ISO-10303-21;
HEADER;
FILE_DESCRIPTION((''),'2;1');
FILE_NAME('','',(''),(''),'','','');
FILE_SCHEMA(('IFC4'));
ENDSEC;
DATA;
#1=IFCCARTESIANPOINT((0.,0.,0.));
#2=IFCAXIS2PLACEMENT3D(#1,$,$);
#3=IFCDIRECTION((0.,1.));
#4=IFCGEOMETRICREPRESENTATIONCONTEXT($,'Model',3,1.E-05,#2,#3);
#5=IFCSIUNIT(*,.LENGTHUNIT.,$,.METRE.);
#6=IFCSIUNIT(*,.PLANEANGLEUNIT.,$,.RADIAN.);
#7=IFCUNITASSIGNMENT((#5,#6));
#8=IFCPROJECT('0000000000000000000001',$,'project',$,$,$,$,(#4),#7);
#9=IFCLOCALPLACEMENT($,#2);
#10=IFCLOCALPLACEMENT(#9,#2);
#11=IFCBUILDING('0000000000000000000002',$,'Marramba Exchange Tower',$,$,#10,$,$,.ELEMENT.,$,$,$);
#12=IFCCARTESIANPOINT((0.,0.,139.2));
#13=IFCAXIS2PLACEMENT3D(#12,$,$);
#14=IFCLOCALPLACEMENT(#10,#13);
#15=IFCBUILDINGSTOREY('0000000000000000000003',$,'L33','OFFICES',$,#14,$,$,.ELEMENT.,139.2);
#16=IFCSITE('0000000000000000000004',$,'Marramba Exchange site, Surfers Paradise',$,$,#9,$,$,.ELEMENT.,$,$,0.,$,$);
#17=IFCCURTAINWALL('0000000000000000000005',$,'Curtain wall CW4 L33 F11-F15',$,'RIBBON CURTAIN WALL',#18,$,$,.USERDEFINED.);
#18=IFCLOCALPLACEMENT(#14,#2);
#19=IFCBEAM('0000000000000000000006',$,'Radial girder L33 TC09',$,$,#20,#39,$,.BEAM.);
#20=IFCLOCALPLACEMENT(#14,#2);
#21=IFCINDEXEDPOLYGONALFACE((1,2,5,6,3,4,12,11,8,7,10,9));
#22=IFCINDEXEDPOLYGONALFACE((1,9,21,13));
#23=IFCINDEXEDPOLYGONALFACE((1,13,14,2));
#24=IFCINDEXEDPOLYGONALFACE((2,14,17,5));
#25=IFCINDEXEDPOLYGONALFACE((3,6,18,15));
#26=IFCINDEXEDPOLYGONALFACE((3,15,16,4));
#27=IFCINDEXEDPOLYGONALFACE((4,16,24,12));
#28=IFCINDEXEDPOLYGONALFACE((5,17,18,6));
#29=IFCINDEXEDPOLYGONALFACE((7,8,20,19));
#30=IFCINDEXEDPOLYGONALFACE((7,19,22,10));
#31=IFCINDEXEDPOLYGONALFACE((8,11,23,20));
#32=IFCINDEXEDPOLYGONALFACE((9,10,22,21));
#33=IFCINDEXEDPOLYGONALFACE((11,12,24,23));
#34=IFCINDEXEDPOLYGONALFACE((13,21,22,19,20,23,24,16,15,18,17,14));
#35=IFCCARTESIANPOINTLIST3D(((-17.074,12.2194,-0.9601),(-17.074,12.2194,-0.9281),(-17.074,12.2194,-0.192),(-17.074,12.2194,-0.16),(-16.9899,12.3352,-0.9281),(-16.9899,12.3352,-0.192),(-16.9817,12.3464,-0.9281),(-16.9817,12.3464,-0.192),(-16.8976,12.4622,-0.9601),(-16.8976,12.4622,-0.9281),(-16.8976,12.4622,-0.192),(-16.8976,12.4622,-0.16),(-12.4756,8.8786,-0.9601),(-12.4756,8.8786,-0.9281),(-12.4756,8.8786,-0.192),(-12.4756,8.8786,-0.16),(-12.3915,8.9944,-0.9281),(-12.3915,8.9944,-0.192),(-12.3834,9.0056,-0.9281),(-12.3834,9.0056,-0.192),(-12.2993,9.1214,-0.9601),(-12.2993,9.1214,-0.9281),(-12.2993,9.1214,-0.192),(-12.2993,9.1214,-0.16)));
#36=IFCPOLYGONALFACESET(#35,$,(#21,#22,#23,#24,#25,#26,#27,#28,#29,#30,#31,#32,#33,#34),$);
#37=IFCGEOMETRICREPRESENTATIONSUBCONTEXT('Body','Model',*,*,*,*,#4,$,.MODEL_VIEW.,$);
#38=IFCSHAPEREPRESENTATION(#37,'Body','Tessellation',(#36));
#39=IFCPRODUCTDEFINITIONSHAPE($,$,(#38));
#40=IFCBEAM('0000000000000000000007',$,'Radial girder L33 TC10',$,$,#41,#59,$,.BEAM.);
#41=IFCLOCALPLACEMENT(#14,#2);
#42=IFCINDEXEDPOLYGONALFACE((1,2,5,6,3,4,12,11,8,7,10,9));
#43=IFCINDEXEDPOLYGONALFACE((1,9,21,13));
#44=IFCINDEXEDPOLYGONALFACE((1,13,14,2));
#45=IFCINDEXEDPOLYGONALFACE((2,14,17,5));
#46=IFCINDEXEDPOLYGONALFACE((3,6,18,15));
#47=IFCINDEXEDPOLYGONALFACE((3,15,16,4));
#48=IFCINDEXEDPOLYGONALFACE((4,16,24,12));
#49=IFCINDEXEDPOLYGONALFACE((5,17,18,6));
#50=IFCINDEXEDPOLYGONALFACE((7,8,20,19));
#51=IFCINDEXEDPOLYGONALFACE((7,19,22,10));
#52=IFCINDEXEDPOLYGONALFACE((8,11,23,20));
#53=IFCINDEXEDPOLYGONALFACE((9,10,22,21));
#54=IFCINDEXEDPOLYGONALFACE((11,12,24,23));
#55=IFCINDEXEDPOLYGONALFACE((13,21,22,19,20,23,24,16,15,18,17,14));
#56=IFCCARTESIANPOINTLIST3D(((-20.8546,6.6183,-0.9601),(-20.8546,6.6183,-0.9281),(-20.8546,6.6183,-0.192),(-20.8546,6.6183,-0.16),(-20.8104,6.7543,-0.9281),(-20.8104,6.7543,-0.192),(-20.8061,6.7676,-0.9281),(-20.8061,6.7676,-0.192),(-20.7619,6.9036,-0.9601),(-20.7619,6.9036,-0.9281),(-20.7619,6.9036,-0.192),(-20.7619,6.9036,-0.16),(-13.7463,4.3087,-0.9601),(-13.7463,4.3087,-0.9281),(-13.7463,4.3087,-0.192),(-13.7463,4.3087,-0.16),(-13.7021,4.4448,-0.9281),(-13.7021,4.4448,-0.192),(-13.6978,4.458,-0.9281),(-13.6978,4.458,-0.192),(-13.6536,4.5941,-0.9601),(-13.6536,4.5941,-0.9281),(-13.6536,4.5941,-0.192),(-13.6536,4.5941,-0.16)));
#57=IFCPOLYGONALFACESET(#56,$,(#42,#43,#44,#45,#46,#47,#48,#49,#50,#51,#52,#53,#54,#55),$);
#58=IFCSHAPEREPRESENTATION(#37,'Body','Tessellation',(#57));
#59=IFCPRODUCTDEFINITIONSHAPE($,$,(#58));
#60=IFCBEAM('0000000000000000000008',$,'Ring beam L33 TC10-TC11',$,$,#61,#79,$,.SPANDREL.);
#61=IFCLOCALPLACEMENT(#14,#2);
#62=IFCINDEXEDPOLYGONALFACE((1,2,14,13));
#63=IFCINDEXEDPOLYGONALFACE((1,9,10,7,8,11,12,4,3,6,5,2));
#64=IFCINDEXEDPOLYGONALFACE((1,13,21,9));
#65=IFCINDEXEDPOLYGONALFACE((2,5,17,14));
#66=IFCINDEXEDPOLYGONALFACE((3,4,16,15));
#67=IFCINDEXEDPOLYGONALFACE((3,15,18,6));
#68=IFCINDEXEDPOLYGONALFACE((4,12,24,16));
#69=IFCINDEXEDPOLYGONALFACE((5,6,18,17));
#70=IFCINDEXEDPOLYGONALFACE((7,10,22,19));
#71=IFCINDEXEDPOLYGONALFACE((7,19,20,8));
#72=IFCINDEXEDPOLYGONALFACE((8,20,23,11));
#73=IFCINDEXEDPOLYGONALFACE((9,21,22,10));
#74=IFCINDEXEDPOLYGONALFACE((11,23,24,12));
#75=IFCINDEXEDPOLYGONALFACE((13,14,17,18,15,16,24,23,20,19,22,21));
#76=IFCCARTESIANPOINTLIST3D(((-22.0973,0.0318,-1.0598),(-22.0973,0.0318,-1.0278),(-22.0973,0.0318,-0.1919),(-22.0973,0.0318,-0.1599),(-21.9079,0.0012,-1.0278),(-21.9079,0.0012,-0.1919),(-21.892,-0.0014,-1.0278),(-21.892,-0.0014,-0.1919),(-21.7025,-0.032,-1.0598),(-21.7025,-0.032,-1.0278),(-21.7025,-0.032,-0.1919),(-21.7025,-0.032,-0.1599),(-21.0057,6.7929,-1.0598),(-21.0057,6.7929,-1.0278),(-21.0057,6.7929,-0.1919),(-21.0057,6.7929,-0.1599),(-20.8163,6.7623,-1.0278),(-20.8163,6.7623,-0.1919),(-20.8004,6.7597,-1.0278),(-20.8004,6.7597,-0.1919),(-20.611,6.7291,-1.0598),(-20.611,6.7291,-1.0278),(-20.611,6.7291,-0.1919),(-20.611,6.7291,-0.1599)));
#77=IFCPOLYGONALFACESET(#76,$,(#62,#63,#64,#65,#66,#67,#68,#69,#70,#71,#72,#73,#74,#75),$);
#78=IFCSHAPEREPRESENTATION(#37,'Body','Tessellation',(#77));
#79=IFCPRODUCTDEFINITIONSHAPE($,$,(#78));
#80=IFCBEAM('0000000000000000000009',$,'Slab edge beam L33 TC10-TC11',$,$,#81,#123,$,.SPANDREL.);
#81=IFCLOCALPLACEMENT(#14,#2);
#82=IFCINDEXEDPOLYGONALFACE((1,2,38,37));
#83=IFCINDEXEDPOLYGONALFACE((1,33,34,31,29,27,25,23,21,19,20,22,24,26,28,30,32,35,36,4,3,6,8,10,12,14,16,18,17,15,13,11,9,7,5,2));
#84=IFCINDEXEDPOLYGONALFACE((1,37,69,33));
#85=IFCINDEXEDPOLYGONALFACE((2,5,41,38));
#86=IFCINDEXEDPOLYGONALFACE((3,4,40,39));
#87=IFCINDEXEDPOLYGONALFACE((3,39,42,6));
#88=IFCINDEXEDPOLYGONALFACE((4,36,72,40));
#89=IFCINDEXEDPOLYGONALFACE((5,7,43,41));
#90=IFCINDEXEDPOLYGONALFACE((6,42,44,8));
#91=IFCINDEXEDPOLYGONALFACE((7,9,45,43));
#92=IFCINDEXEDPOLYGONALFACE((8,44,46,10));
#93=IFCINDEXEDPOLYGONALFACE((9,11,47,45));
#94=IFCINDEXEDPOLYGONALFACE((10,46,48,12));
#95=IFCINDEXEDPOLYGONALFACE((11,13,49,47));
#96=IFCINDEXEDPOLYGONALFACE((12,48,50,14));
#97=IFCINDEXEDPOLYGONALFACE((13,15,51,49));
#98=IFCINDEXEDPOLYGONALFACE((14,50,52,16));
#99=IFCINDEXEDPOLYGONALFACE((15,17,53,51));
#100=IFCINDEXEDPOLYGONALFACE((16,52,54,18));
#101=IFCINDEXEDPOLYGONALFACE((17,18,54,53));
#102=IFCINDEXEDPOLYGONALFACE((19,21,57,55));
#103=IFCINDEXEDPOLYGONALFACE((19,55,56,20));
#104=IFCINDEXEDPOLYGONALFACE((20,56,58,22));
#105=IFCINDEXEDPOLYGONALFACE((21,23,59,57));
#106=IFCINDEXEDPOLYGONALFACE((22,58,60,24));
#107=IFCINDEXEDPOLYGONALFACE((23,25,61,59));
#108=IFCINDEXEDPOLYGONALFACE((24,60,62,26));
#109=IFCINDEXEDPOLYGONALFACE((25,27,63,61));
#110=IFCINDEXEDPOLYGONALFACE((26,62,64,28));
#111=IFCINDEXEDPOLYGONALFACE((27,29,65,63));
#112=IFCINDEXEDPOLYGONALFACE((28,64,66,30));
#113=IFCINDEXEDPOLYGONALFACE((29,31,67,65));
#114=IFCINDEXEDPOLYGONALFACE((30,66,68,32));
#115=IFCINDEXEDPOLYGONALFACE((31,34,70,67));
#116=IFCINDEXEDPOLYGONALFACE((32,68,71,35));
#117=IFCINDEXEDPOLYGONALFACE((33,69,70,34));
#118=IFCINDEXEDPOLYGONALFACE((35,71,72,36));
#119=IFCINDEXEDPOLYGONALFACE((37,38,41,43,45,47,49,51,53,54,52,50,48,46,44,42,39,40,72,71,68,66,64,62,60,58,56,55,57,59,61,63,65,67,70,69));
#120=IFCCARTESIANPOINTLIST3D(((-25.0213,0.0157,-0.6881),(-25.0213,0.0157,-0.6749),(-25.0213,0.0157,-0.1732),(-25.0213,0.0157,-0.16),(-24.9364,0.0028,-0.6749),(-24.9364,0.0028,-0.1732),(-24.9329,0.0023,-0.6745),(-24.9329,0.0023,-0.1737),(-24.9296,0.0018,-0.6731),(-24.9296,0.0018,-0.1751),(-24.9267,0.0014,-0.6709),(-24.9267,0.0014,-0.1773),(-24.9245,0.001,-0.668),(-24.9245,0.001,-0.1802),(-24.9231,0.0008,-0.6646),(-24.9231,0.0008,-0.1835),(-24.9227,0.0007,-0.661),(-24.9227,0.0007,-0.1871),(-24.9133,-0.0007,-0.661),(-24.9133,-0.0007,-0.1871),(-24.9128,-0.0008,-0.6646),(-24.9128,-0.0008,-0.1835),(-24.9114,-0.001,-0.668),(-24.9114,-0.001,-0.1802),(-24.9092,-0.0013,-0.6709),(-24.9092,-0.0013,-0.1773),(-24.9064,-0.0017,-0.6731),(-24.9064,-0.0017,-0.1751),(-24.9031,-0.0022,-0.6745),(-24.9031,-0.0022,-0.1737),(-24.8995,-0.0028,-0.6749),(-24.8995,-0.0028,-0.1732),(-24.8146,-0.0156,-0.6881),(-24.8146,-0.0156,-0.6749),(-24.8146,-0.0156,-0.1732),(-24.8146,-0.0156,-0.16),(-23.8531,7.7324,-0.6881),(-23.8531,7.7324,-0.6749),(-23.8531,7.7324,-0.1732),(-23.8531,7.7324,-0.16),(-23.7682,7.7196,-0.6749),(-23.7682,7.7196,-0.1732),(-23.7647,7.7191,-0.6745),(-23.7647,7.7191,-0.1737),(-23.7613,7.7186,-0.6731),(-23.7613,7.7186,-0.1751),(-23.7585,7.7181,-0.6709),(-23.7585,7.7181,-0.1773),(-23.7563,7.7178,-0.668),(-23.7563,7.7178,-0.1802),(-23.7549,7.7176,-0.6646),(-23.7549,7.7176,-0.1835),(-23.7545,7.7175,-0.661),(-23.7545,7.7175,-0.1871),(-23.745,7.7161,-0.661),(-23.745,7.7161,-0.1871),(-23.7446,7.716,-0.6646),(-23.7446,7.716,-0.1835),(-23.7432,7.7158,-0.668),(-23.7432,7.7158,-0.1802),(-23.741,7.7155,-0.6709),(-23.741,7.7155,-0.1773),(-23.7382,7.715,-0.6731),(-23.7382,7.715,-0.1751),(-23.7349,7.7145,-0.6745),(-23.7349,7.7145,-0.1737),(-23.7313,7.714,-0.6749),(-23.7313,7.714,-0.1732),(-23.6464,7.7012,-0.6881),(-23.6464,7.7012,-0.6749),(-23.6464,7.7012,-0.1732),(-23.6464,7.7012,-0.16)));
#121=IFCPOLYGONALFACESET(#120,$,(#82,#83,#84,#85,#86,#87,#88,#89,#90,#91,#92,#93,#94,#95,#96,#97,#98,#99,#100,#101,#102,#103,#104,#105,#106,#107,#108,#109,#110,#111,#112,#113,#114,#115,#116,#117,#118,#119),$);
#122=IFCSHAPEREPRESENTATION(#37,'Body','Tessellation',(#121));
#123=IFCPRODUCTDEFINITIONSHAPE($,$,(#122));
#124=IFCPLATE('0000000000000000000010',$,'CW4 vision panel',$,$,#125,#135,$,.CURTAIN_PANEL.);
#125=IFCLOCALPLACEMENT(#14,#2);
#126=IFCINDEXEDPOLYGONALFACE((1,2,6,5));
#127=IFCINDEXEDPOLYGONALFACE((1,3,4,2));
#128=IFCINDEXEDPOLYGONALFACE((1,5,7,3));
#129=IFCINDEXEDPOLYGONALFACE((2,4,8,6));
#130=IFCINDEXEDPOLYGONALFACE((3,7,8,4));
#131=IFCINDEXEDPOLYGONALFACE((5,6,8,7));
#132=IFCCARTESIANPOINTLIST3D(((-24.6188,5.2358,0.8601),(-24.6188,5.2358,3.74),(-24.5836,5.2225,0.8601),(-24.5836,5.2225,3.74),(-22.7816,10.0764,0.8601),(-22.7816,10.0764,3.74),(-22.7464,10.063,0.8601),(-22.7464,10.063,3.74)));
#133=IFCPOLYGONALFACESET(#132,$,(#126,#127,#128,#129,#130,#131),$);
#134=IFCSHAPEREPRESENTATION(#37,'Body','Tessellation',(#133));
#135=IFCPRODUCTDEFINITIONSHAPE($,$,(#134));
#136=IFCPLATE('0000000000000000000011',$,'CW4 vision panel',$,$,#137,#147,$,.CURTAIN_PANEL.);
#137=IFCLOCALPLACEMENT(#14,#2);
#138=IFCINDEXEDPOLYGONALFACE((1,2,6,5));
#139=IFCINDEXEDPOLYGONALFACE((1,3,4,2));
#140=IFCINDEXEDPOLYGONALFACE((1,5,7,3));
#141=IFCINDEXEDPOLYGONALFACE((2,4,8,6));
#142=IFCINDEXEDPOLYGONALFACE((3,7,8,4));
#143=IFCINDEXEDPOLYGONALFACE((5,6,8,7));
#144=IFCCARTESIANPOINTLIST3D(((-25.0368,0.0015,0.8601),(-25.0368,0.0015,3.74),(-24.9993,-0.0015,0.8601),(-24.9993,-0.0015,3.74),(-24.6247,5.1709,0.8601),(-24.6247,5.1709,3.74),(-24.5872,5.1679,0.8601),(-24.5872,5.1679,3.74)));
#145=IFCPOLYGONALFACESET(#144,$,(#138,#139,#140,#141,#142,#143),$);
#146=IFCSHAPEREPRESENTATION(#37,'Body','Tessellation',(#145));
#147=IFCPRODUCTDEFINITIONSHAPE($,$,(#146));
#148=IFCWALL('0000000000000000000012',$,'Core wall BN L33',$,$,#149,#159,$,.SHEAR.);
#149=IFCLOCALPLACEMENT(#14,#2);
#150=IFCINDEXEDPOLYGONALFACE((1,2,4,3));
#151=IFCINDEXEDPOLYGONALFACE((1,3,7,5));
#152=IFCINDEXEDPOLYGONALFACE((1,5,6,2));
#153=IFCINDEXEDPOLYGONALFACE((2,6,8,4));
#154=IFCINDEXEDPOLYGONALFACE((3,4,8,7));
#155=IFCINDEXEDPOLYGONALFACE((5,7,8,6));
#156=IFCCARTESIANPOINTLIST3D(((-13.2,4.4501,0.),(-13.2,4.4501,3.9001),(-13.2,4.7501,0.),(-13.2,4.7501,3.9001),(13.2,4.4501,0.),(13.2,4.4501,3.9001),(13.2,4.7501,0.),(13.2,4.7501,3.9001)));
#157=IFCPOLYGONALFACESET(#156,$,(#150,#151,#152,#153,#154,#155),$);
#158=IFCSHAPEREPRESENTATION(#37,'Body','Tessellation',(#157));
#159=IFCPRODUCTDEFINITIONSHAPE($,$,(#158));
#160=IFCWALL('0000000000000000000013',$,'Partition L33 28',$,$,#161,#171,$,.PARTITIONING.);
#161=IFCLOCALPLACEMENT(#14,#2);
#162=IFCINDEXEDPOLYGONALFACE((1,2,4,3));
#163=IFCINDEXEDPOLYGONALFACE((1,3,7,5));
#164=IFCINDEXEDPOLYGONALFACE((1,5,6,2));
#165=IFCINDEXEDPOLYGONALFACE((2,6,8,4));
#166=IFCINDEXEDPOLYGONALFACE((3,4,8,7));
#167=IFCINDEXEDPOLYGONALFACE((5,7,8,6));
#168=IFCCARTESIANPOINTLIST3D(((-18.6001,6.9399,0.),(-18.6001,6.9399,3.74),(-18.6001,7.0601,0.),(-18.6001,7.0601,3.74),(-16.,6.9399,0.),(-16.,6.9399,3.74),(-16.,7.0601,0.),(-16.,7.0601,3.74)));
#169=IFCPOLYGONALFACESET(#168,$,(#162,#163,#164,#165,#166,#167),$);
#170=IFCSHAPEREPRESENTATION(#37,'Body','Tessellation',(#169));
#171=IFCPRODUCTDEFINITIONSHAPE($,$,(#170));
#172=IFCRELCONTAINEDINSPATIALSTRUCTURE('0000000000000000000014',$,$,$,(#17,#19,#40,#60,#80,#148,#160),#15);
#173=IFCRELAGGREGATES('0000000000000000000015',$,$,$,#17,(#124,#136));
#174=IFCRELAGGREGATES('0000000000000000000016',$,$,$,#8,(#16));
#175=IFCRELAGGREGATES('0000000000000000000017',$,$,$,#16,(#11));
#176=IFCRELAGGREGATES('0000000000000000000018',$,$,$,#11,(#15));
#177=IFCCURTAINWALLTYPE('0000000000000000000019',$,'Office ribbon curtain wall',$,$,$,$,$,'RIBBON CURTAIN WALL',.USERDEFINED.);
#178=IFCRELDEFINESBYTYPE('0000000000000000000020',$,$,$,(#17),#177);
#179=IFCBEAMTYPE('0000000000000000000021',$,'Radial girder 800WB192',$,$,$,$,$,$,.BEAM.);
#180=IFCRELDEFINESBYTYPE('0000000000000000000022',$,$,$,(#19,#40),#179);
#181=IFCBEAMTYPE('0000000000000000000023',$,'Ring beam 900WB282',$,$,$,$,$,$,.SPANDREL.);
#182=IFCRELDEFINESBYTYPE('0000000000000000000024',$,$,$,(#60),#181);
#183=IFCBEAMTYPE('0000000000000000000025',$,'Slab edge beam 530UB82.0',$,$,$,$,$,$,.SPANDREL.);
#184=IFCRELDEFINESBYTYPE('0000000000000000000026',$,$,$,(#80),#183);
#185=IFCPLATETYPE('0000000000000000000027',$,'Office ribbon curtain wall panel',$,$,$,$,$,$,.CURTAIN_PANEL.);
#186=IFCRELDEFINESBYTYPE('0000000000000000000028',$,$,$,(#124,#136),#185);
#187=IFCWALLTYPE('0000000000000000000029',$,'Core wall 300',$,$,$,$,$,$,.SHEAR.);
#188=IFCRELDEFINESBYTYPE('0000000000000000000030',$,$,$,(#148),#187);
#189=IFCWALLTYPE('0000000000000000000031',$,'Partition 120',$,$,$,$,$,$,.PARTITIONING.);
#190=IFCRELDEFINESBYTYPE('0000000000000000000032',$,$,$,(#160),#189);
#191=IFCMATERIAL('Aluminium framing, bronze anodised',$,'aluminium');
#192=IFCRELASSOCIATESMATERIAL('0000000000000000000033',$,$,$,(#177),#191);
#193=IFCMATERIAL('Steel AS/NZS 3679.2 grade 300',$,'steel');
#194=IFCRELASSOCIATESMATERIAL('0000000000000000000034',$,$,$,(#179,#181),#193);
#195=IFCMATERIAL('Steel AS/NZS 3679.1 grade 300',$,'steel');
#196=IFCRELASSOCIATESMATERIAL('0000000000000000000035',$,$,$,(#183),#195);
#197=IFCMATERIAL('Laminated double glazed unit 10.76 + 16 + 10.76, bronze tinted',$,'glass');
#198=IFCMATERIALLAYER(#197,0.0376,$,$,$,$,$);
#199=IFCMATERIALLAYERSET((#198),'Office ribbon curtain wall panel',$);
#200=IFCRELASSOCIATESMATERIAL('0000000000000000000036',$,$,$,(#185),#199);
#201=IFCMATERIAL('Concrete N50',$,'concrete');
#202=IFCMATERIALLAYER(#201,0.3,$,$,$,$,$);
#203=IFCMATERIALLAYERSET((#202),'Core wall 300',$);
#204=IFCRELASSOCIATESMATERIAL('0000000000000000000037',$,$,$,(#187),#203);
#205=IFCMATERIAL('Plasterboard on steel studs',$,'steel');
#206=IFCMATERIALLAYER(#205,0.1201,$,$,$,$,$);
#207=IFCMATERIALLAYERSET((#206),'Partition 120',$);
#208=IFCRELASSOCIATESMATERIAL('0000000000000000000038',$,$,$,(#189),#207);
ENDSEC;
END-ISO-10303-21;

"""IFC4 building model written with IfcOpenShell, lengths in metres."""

from ifc_helpers import new_model, si_unit, direction, frame, frame_2d, origin, origin_2d, place, context, subcontext, project, spatial, rectangle, i_section, extrude, material, layer, layer_set, material_profile, profile_set, type_object, element, aggregate, save


model = new_model("IFC4")

# Units and contexts
model_context = context("Model", 3, precision=1e-05, world=origin(), true_north=direction((0.0, 1.0)))
body_context = subcontext(model_context, "Body", "Model", "MODEL_VIEW")
ifc_project = project(units=[si_unit("LENGTHUNIT", "METRE"), si_unit("PLANEANGLEUNIT", "RADIAN")], contexts=[model_context])

# Site, building, storey
site_placement = place(None, origin())
site = spatial("IfcSite", under=ifc_project, at=site_placement, Name="Marramba Exchange site, Surfers Paradise", CompositionType="ELEMENT", RefElevation=0.0)
building_placement = place(site_placement, origin())
building = spatial("IfcBuilding", under=site, at=building_placement, Name="Marramba Exchange Tower", CompositionType="ELEMENT")
storey_placement = place(building_placement, frame((0.0, 0.0, 139.2)))
storey = spatial("IfcBuildingStorey", under=building, at=storey_placement, Name="L33", Description="OFFICES", CompositionType="ELEMENT", Elevation=139.2)

# Shared definitions
ifc_material_1 = material(Name="Concrete N50", Category="concrete")

# Shared definitions
ifc_material_2 = material(Name="Steel AS/NZS 3679.2 grade 300", Category="steel")
ifc_material_3 = material(Name="Steel AS/NZS 3679.1 grade 300", Category="steel")

# Curtain wall
ifc_material_4 = material(Name="Aluminium framing, bronze anodised", Category="aluminium")
curtain_wall_type = type_object("IfcCurtainWallType", Name="Office ribbon curtain wall", ElementType="RIBBON CURTAIN WALL", PredefinedType="USERDEFINED", material=ifc_material_4)
curtain_wall_placement = place(storey_placement, origin())
curtain_wall = element("IfcCurtainWall", 1, at=curtain_wall_placement, inside=storey, type_object=curtain_wall_type, Name="Curtain wall CW4 L33 F11-F15", ObjectType="RIBBON CURTAIN WALL", PredefinedType="USERDEFINED")

# Beams
ifc_material_profile_1 = material_profile(ifc_material_2, i_section(OverallWidth=0.3, OverallDepth=0.8, WebThickness=0.0139, FlangeThickness=0.032, at=origin_2d()), Name="800WB192")
ifc_profile_set_1 = profile_set([ifc_material_profile_1], Name="Steel AS/NZS 3679.2 grade 300")
beam_type_1 = type_object("IfcBeamType", Name="Radial girder 800WB192", PredefinedType="BEAM", material=ifc_profile_set_1)
beam_1_placement = place(storey_placement, frame((-12.3875, 9.0, -0.5601), z_axis=(-0.809026, 0.587773, 0.0), x_axis=(-0.587773, -0.809026, 0.0)))
element("IfcBeam", 2, at=beam_1_placement, inside=storey, type_object=beam_type_1, Name="Radial girder L33 TC09", PredefinedType="BEAM", context=body_context, shape_type="SweptSolid", body=[
    extrude(i_section(OverallWidth=0.3, OverallDepth=0.8, WebThickness=0.0139, FlangeThickness=0.032, at=origin_2d()), origin(), (0.0, 0.0, 1.0), 5.6838),
])
beam_2_placement = place(storey_placement, frame((-13.7, 4.4514, -0.5601), z_axis=(-0.95106, 0.309006, 0.0), x_axis=(-0.309006, -0.95106, 0.0)))
element("IfcBeam", 3, at=beam_2_placement, inside=storey, type_object=beam_type_1, Name="Radial girder L33 TC10", PredefinedType="BEAM", context=body_context, shape_type="SweptSolid", body=[
    extrude(i_section(OverallWidth=0.3, OverallDepth=0.8, WebThickness=0.0139, FlangeThickness=0.032, at=origin_2d()), origin(), (0.0, 0.0, 1.0), 7.4741),
])
ifc_material_profile_2 = material_profile(ifc_material_2, i_section(OverallWidth=0.3999, OverallDepth=0.8999, WebThickness=0.0161, FlangeThickness=0.032, at=origin_2d()), Name="900WB282")
ifc_profile_set_2 = profile_set([ifc_material_profile_2], Name="Steel AS/NZS 3679.2 grade 300")
beam_type_2 = type_object("IfcBeamType", Name="Ring beam 900WB282", PredefinedType="SPANDREL", material=ifc_profile_set_2)
beam_3_placement = place(storey_placement, frame((-20.8083, 6.761, -0.6099), z_axis=(-0.159385, -0.987217, 0.0), x_axis=(0.987217, -0.159385, 0.0)))
element("IfcBeam", 4, at=beam_3_placement, inside=storey, type_object=beam_type_2, Name="Ring beam L33 TC10-TC11", PredefinedType="SPANDREL", context=body_context, shape_type="SweptSolid", body=[
    extrude(i_section(OverallWidth=0.3999, OverallDepth=0.8999, WebThickness=0.0161, FlangeThickness=0.032, at=origin_2d()), origin(), (0.0, 0.0, 1.0), 6.8486),
])
ifc_material_profile_3 = material_profile(ifc_material_3, i_section(OverallWidth=0.209, OverallDepth=0.5281, WebThickness=0.0095, FlangeThickness=0.0132, FilletRadius=0.0139, at=origin_2d()), Name="530UB82.0")
ifc_profile_set_3 = profile_set([ifc_material_profile_3], Name="Steel AS/NZS 3679.1 grade 300")
beam_type_3 = type_object("IfcBeamType", Name="Slab edge beam 530UB82.0", PredefinedType="SPANDREL", material=ifc_profile_set_3)
beam_4_placement = place(storey_placement, frame((-23.7498, 7.7168, -0.4241), z_axis=(-0.14968, -0.988734, 0.0), x_axis=(0.988734, -0.14968, 0.0)))
element("IfcBeam", 5, at=beam_4_placement, inside=storey, type_object=beam_type_3, Name="Slab edge beam L33 TC10-TC11", PredefinedType="SPANDREL", context=body_context, shape_type="SweptSolid", body=[
    extrude(i_section(OverallWidth=0.209, OverallDepth=0.5281, WebThickness=0.0095, FlangeThickness=0.0132, FilletRadius=0.0139, at=origin_2d()), origin(), (0.0, 0.0, 1.0), 7.8047),
])

# Plates
ifc_material_5 = material(Name="Laminated double glazed unit 10.76 + 16 + 10.76, bronze tinted", Category="glass")
ifc_layer_1 = layer(ifc_material_5, 0.0376)
ifc_layer_set_1 = layer_set([ifc_layer_1], Name="Office ribbon curtain wall panel")
plate_type = type_object("IfcPlateType", Name="Office ribbon curtain wall panel", PredefinedType="CURTAIN_PANEL", material=ifc_layer_set_1)
plate_1_placement = place(storey_placement, frame((-23.6826, 7.6494, 0.8601), z_axis=(0.0, 0.0, 1.0), x_axis=(-0.354844, -0.934925, 0.0)))
plate_1 = element("IfcPlate", 6, at=plate_1_placement, type_object=plate_type, Name="CW4 vision panel", PredefinedType="CURTAIN_PANEL", context=body_context, shape_type="SweptSolid", body=[
    extrude(rectangle(XDim=5.1775, YDim=0.0376, at=origin_2d()), origin(), (0.0, 0.0, 1.0), 2.8799),
])
plate_2_placement = place(storey_placement, frame((-24.812, 2.5847, 0.8601), z_axis=(0.0, 0.0, 1.0), x_axis=(-0.07946, -0.996838, 0.0)))
plate_2 = element("IfcPlate", 7, at=plate_2_placement, type_object=plate_type, Name="CW4 vision panel", PredefinedType="CURTAIN_PANEL", context=body_context, shape_type="SweptSolid", body=[
    extrude(rectangle(XDim=5.1858, YDim=0.0376, at=origin_2d()), origin(), (0.0, 0.0, 1.0), 2.8799),
])
aggregate(curtain_wall, [plate_1, plate_2])

# Walls
ifc_layer_2 = layer(ifc_material_1, 0.3)
ifc_layer_set_2 = layer_set([ifc_layer_2], Name="Core wall 300")
wall_type_1 = type_object("IfcWallType", Name="Core wall 300", PredefinedType="SHEAR", material=ifc_layer_set_2)
wall_1_placement = place(storey_placement, frame((-13.2, 4.6001, 0.0), z_axis=(0.0, 0.0, 1.0), x_axis=(1.0, 0.0, 0.0)))
element("IfcWall", 8, at=wall_1_placement, inside=storey, type_object=wall_type_1, Name="Core wall BN L33", PredefinedType="SHEAR", context=body_context, shape_type="SweptSolid", body=[
    extrude(rectangle(XDim=26.3999, YDim=0.3, at=frame_2d((13.2, 0.0))), origin(), (0.0, 0.0, 1.0), 3.9001),
])
ifc_material_6 = material(Name="Plasterboard on steel studs", Category="steel")
ifc_layer_3 = layer(ifc_material_6, 0.1201)
ifc_layer_set_3 = layer_set([ifc_layer_3], Name="Partition 120")
wall_type_2 = type_object("IfcWallType", Name="Partition 120", PredefinedType="PARTITIONING", material=ifc_layer_set_3)
wall_2_placement = place(storey_placement, frame((-18.6001, 7.0, 0.0), z_axis=(0.0, 0.0, 1.0), x_axis=(1.0, 0.0, 0.0)))
element("IfcWall", 9, at=wall_2_placement, inside=storey, type_object=wall_type_2, Name="Partition L33 28", PredefinedType="PARTITIONING", context=body_context, shape_type="SweptSolid", body=[
    extrude(rectangle(XDim=2.6001, YDim=0.1201, at=frame_2d((1.3, 0.0))), origin(), (0.0, 0.0, 1.0), 3.74),
])

save(model, "model.ifc")
